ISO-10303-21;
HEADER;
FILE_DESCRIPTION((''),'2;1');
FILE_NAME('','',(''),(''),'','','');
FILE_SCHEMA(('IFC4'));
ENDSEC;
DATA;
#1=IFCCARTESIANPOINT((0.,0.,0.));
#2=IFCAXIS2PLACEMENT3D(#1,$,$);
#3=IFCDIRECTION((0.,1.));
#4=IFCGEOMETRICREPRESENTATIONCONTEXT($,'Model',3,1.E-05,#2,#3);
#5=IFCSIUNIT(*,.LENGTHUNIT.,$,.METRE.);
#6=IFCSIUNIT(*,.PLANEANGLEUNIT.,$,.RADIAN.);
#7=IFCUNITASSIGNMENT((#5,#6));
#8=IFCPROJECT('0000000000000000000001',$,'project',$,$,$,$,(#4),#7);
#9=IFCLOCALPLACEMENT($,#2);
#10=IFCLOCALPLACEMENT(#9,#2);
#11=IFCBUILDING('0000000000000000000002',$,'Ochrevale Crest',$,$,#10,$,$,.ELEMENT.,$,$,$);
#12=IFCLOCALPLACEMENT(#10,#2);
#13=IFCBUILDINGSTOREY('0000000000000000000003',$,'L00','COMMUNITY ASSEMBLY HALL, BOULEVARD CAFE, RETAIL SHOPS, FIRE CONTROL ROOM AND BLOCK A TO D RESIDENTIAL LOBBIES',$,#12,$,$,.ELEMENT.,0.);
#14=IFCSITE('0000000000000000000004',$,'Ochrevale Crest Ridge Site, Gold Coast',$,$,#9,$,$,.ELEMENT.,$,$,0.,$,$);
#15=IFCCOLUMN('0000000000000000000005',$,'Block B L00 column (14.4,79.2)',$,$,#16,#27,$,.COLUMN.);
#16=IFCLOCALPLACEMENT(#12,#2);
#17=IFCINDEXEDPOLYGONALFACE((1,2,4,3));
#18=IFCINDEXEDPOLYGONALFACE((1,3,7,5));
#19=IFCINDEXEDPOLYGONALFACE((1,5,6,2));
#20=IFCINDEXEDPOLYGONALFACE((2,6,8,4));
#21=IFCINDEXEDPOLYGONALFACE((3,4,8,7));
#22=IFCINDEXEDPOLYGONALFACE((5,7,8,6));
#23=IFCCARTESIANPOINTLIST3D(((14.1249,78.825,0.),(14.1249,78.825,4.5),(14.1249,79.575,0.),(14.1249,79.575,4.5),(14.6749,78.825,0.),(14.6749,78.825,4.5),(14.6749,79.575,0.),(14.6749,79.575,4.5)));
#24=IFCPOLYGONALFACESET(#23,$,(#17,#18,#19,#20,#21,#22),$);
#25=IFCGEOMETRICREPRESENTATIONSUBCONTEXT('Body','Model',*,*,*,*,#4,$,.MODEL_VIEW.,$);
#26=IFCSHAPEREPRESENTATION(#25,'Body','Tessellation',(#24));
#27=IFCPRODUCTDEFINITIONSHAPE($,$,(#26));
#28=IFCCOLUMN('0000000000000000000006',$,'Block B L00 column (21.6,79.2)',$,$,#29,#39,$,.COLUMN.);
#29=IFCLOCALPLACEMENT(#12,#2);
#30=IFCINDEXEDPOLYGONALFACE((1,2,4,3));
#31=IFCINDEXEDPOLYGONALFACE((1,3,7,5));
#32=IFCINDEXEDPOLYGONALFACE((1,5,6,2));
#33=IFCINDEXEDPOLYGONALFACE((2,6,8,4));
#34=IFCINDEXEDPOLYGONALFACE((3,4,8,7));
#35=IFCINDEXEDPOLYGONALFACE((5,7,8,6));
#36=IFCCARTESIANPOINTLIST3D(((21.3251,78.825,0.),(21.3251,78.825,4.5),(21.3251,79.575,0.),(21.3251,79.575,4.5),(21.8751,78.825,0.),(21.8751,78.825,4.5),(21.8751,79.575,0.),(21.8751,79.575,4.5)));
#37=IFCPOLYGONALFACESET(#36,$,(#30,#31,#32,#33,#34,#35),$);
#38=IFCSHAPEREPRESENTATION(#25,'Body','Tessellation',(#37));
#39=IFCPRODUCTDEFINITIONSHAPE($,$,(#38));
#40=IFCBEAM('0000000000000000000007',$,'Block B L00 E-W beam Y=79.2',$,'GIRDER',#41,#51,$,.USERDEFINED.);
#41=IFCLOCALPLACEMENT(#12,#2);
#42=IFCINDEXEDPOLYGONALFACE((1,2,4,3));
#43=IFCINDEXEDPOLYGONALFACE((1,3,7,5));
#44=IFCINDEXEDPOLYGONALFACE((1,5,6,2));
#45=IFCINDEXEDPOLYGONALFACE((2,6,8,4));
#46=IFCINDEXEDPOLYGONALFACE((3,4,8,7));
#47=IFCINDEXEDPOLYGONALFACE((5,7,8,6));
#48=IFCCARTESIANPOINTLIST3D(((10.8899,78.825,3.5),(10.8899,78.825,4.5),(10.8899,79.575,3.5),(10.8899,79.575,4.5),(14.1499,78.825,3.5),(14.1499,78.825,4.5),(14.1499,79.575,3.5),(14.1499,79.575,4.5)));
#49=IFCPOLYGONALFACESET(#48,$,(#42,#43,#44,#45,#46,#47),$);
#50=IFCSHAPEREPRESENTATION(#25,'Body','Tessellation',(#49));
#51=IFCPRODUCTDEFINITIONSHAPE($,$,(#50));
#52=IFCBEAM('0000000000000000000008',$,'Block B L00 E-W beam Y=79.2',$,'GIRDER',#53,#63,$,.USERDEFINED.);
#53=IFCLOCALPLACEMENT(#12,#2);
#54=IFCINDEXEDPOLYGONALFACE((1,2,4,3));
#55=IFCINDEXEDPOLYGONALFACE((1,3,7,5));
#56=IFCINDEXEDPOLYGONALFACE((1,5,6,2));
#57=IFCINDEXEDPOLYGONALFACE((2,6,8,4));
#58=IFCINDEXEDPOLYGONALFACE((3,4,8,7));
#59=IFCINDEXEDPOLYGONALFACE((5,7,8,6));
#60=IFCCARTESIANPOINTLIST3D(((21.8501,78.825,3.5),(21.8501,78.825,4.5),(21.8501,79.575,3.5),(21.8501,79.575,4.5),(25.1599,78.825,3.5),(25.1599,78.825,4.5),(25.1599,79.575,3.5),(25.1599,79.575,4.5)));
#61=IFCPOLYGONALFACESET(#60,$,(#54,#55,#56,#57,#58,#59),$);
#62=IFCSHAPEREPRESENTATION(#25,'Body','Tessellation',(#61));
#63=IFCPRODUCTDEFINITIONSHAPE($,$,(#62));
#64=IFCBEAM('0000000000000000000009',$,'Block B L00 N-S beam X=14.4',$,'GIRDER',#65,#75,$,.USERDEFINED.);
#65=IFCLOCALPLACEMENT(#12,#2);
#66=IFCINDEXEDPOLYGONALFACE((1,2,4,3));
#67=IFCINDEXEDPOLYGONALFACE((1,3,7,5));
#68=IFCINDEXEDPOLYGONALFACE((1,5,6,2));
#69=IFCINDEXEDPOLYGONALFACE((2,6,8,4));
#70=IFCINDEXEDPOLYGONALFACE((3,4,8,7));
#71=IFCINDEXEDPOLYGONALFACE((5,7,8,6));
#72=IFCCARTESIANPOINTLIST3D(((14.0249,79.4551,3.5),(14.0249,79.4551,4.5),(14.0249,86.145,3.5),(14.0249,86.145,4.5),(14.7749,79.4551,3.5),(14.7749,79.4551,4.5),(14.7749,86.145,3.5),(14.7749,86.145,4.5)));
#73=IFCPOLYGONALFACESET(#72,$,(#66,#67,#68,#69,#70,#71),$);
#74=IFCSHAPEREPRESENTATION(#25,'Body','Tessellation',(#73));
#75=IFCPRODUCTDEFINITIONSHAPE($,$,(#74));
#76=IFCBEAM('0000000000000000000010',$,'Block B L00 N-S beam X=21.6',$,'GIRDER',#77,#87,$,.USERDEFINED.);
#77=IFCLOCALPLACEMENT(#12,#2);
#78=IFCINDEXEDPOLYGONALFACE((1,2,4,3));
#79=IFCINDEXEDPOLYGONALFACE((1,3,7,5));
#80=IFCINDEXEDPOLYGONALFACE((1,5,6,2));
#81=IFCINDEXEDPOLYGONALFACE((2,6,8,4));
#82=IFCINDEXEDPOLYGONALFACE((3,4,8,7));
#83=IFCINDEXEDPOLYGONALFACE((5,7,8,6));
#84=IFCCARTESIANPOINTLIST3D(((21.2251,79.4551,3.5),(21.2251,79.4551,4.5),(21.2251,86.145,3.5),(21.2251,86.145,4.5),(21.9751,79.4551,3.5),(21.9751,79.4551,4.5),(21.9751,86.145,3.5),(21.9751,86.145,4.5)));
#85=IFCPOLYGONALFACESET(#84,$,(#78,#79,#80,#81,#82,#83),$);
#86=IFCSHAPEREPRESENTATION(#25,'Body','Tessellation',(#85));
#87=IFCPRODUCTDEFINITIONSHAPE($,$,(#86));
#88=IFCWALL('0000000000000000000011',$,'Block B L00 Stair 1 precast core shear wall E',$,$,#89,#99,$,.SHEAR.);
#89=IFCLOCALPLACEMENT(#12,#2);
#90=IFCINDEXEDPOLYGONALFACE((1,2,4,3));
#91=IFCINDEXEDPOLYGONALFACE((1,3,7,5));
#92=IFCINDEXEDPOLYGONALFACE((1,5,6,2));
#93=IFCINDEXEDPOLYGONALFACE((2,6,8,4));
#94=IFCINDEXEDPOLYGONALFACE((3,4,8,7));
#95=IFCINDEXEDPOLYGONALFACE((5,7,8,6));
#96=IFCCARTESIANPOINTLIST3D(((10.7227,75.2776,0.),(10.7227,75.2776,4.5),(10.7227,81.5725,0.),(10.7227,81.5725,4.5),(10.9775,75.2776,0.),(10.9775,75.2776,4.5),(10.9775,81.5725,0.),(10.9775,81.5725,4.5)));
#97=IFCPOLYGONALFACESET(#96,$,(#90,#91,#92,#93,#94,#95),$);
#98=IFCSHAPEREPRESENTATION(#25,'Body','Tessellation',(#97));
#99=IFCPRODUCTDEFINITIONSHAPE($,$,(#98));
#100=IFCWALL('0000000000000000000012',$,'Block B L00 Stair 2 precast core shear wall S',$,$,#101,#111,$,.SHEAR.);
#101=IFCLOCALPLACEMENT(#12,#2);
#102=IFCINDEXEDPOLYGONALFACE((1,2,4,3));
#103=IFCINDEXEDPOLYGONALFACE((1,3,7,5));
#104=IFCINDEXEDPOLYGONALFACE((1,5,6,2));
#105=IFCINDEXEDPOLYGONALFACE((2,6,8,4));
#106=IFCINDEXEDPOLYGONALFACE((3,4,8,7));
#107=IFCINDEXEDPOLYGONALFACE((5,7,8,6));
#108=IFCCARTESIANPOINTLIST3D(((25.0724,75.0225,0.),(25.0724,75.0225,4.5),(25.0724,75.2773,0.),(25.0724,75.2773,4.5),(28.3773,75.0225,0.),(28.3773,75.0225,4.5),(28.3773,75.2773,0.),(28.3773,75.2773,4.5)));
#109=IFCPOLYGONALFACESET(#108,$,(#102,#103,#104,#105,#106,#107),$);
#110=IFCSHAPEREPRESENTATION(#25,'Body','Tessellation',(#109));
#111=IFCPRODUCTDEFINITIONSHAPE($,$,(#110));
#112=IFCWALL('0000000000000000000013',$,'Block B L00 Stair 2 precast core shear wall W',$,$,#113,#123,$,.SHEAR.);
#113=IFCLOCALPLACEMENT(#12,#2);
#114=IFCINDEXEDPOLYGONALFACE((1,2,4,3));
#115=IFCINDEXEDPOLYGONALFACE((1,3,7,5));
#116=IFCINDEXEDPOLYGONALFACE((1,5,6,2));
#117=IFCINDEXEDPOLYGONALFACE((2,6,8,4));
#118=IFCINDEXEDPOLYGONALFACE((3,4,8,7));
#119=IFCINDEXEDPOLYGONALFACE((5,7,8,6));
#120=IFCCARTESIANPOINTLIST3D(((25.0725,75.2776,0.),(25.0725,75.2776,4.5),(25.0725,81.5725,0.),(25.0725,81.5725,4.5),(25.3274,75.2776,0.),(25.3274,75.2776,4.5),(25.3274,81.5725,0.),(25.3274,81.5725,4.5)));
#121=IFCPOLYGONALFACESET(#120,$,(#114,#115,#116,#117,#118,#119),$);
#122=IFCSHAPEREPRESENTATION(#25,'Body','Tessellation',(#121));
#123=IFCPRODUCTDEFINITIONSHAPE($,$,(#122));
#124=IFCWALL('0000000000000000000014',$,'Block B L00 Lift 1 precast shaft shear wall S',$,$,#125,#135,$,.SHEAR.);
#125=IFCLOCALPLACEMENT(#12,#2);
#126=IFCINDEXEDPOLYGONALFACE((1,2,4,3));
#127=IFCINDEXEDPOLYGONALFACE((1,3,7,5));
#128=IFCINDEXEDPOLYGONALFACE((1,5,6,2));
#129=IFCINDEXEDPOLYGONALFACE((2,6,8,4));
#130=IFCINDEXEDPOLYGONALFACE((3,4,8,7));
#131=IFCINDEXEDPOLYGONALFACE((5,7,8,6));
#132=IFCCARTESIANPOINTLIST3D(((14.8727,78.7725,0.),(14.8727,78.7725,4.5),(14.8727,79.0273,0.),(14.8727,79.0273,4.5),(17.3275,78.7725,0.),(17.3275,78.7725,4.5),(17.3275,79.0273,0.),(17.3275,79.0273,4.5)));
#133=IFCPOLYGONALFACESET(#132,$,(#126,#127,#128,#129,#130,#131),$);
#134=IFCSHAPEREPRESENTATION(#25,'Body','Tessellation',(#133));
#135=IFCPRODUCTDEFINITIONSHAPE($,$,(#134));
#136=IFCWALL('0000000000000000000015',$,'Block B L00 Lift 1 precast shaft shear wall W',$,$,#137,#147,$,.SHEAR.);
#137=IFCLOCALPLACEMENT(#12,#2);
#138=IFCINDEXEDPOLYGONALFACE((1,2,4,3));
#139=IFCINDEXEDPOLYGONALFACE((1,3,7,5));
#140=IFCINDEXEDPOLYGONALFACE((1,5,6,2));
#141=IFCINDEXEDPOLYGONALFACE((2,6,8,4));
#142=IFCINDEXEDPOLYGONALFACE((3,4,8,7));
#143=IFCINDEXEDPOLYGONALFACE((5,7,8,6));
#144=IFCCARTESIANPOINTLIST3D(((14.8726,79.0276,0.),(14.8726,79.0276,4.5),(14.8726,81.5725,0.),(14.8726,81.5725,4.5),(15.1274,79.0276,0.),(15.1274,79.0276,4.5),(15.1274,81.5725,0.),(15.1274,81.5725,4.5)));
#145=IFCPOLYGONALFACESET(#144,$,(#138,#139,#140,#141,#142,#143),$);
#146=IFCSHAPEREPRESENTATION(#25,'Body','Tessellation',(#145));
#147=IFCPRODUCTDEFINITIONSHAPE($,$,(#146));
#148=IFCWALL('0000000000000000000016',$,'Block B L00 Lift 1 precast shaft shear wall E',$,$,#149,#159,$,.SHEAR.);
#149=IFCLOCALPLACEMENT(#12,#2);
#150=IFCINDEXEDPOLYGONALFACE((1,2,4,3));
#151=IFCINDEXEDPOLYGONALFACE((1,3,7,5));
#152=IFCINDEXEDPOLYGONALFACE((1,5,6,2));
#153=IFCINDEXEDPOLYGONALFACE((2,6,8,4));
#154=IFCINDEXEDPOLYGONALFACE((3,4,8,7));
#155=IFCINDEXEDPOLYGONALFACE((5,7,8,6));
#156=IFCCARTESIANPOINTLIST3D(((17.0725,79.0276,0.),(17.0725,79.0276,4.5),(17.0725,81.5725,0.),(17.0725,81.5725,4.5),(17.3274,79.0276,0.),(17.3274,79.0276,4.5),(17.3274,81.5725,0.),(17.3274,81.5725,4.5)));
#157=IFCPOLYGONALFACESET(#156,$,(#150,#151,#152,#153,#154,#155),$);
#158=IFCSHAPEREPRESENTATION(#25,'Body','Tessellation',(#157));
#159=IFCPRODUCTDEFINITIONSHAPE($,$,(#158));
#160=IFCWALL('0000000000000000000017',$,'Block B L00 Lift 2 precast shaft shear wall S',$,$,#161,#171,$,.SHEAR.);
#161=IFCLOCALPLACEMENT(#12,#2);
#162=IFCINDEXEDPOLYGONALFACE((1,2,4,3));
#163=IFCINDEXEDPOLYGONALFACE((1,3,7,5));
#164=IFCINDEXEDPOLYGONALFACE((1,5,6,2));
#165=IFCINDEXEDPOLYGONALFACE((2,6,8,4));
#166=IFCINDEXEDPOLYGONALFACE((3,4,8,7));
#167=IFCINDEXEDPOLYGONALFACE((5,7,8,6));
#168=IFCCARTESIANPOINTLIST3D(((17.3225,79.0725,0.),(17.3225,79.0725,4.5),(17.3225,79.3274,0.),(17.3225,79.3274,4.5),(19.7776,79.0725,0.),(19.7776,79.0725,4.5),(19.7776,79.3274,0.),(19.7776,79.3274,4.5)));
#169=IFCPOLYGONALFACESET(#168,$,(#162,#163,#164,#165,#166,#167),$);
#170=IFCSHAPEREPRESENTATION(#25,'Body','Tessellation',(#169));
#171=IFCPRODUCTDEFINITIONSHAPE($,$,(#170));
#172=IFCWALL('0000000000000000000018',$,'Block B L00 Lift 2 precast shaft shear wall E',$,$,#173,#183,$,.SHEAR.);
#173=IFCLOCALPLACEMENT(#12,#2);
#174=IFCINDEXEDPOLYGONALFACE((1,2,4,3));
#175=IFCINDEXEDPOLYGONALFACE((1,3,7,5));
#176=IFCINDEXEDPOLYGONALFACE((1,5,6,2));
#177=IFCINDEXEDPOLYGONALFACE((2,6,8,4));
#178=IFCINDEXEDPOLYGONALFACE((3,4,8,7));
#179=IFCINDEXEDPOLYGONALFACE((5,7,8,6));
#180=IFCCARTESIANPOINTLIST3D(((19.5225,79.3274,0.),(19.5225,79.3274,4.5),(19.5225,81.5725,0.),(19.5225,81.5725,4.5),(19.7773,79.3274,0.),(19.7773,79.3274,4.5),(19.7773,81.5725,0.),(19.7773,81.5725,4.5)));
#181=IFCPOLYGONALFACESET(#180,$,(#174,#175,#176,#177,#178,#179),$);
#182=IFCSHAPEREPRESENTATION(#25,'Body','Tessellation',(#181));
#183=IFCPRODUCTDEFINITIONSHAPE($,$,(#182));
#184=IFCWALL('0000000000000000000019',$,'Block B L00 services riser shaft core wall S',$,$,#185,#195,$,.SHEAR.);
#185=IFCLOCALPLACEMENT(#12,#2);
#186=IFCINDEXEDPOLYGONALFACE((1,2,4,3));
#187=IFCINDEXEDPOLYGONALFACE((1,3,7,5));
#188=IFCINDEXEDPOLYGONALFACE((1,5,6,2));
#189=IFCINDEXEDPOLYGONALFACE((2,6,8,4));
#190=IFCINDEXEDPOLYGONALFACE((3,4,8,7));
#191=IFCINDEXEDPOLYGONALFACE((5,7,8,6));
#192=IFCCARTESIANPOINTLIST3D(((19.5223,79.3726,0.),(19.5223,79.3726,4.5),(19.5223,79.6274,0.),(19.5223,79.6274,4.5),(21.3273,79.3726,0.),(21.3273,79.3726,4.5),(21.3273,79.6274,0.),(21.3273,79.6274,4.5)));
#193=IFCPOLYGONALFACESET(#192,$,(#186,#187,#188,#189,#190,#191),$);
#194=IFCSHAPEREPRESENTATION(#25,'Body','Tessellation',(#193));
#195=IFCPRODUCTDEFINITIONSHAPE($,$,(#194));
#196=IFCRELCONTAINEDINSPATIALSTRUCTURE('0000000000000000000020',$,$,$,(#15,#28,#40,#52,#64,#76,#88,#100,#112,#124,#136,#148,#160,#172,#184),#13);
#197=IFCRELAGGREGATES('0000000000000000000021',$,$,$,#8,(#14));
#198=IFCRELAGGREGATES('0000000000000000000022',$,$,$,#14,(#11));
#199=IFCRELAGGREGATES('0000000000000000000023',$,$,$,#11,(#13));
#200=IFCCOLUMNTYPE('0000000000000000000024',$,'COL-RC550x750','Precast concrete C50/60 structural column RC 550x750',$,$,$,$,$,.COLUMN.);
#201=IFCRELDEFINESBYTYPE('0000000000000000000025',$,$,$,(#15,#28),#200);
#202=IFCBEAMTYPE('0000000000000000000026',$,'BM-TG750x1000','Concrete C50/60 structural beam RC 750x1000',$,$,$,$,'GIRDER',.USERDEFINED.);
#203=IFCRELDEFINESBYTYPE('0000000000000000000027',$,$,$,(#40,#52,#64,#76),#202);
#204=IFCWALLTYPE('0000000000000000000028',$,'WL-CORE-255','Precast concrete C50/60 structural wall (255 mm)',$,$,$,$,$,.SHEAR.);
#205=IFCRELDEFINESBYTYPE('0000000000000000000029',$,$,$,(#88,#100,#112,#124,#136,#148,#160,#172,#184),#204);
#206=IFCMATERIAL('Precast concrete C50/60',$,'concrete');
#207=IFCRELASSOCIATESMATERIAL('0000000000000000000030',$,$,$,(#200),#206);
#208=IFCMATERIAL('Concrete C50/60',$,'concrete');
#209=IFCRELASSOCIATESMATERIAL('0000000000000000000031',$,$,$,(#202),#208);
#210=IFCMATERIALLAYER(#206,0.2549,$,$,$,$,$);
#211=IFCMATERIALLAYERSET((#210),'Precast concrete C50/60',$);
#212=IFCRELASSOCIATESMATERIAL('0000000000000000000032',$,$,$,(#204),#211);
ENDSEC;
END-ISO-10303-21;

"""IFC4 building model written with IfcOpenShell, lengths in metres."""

from ifc_helpers import new_model, si_unit, direction, frame, frame_2d, origin, origin_2d, place, context, subcontext, project, spatial, rectangle, extrude, material, layer, layer_set, material_profile, profile_set, type_object, element, save


model = new_model("IFC4")

# Units and contexts
model_context = context("Model", 3, precision=1e-05, world=origin(), true_north=direction((0.0, 1.0)))
body_context = subcontext(model_context, "Body", "Model", "MODEL_VIEW")
ifc_project = project(units=[si_unit("LENGTHUNIT", "METRE"), si_unit("PLANEANGLEUNIT", "RADIAN")], contexts=[model_context])

# Site, building, storey
site_placement = place(None, origin())
site = spatial("IfcSite", under=ifc_project, at=site_placement, Name="Ochrevale Crest Ridge Site, Gold Coast", CompositionType="ELEMENT", RefElevation=0.0)
building_placement = place(site_placement, origin())
building = spatial("IfcBuilding", under=site, at=building_placement, Name="Ochrevale Crest", CompositionType="ELEMENT")
storey_placement = place(building_placement, origin())
storey = spatial("IfcBuildingStorey", under=building, at=storey_placement, Name="L00", Description="COMMUNITY ASSEMBLY HALL, BOULEVARD CAFE, RETAIL SHOPS, FIRE CONTROL ROOM AND BLOCK A TO D RESIDENTIAL LOBBIES", CompositionType="ELEMENT", Elevation=0.0)

# Columns
ifc_material_1 = material(Name="Precast concrete C50/60", Category="concrete")
ifc_material_profile_1 = material_profile(ifc_material_1, rectangle(XDim=0.55, YDim=0.75, at=origin_2d()), Name="RC 550x750")
ifc_profile_set_1 = profile_set([ifc_material_profile_1], Name="Precast concrete C50/60")
column_type = type_object("IfcColumnType", Name="COL-RC550x750", Description="Precast concrete C50/60 structural column RC 550x750", PredefinedType="COLUMN", material=ifc_profile_set_1)
for number, where, z_axis, x_axis, name in (
    (1, (14.3999, 79.2, 0.0), (0.0, 0.0, 1.0), (1.0, 0.0, 0.0), "Block B L00 column (14.4,79.2)"),
    (2, (21.6001, 79.2, 0.0), (0.0, 0.0, 1.0), (1.0, 0.0, 0.0), "Block B L00 column (21.6,79.2)"),
):
    element("IfcColumn", number, at=place(storey_placement, frame(where, z_axis=z_axis, x_axis=x_axis)), inside=storey, type_object=column_type, Name=name, PredefinedType="COLUMN", context=body_context, shape_type="SweptSolid", body=[
        extrude(rectangle(XDim=0.55, YDim=0.75, at=origin_2d()), origin(), (0.0, 0.0, 1.0), 4.5),
    ])

# Beams
ifc_material_2 = material(Name="Concrete C50/60", Category="concrete")
ifc_material_profile_2 = material_profile(ifc_material_2, rectangle(XDim=0.75, YDim=1.0, at=origin_2d()), Name="RC 750x1000")
ifc_profile_set_2 = profile_set([ifc_material_profile_2], Name="Concrete C50/60")
beam_type = type_object("IfcBeamType", Name="BM-TG750x1000", Description="Concrete C50/60 structural beam RC 750x1000", ElementType="GIRDER", PredefinedType="USERDEFINED", material=ifc_profile_set_2)
beam_1_placement = place(storey_placement, frame((10.8899, 79.2, 4.0), z_axis=(1.0, 0.0, 0.0), x_axis=(0.0, 1.0, 0.0)))
element("IfcBeam", 3, at=beam_1_placement, inside=storey, type_object=beam_type, Name="Block B L00 E-W beam Y=79.2", ObjectType="GIRDER", PredefinedType="USERDEFINED", context=body_context, shape_type="SweptSolid", body=[
    extrude(rectangle(XDim=0.75, YDim=1.0, at=origin_2d()), origin(), (0.0, 0.0, 1.0), 3.26),
])
beam_2_placement = place(storey_placement, frame((21.8501, 79.2, 4.0), z_axis=(1.0, 0.0, 0.0), x_axis=(0.0, 1.0, 0.0)))
element("IfcBeam", 4, at=beam_2_placement, inside=storey, type_object=beam_type, Name="Block B L00 E-W beam Y=79.2", ObjectType="GIRDER", PredefinedType="USERDEFINED", context=body_context, shape_type="SweptSolid", body=[
    extrude(rectangle(XDim=0.75, YDim=1.0, at=origin_2d()), origin(), (0.0, 0.0, 1.0), 3.3098),
])
for number, where, z_axis, x_axis, name in (
    (5, (14.3999, 79.4551, 4.0), (0.0, 1.0, 0.0), (-1.0, 0.0, 0.0), "Block B L00 N-S beam X=14.4"),
    (6, (21.6001, 79.4551, 4.0), (0.0, 1.0, 0.0), (-1.0, 0.0, 0.0), "Block B L00 N-S beam X=21.6"),
):
    element("IfcBeam", number, at=place(storey_placement, frame(where, z_axis=z_axis, x_axis=x_axis)), inside=storey, type_object=beam_type, Name=name, ObjectType="GIRDER", PredefinedType="USERDEFINED", context=body_context, shape_type="SweptSolid", body=[
        extrude(rectangle(XDim=0.75, YDim=1.0, at=origin_2d()), origin(), (0.0, 0.0, 1.0), 6.6899),
    ])

# Walls
ifc_layer = layer(ifc_material_1, 0.2549)
ifc_layer_set = layer_set([ifc_layer], Name="Precast concrete C50/60")
wall_type = type_object("IfcWallType", Name="WL-CORE-255", Description="Precast concrete C50/60 structural wall (255 mm)", PredefinedType="SHEAR", material=ifc_layer_set)
wall_1_placement = place(storey_placement, frame((10.8501, 75.2776, 0.0), z_axis=(0.0, 0.0, 1.0), x_axis=(0.0, 1.0, 0.0)))
element("IfcWall", 7, at=wall_1_placement, inside=storey, type_object=wall_type, Name="Block B L00 Stair 1 precast core shear wall E", PredefinedType="SHEAR", context=body_context, shape_type="SweptSolid", body=[
    extrude(rectangle(XDim=6.2949, YDim=0.2549, at=frame_2d((3.1475, 0.0))), origin(), (0.0, 0.0, 1.0), 4.5),
])
wall_2_placement = place(storey_placement, frame((25.0725, 75.1499, 0.0), z_axis=(0.0, 0.0, 1.0), x_axis=(1.0, 0.0, 0.0)))
element("IfcWall", 8, at=wall_2_placement, inside=storey, type_object=wall_type, Name="Block B L00 Stair 2 precast core shear wall S", PredefinedType="SHEAR", context=body_context, shape_type="SweptSolid", body=[
    extrude(rectangle(XDim=3.3049, YDim=0.2549, at=frame_2d((1.6523, 0.0))), origin(), (0.0, 0.0, 1.0), 4.5),
])

# Walls
wall_3_placement = place(storey_placement, frame((25.2, 75.2776, 0.0), z_axis=(0.0, 0.0, 1.0), x_axis=(0.0, 1.0, 0.0)))
element("IfcWall", 9, at=wall_3_placement, inside=storey, type_object=wall_type, Name="Block B L00 Stair 2 precast core shear wall W", PredefinedType="SHEAR", context=body_context, shape_type="SweptSolid", body=[
    extrude(rectangle(XDim=6.2949, YDim=0.2549, at=frame_2d((3.1475, 0.0))), origin(), (0.0, 0.0, 1.0), 4.5),
])
wall_4_placement = place(storey_placement, frame((14.8726, 78.8999, 0.0), z_axis=(0.0, 0.0, 1.0), x_axis=(1.0, 0.0, 0.0)))
element("IfcWall", 10, at=wall_4_placement, inside=storey, type_object=wall_type, Name="Block B L00 Lift 1 precast shaft shear wall S", PredefinedType="SHEAR", context=body_context, shape_type="SweptSolid", body=[
    extrude(rectangle(XDim=2.4548, YDim=0.2549, at=frame_2d((1.2275, 0.0))), origin(), (0.0, 0.0, 1.0), 4.5),
])

# Walls
for number, where, z_axis, x_axis, name in (
    (11, (15.0, 79.0276, 0.0), (0.0, 0.0, 1.0), (0.0, 1.0, 0.0), "Block B L00 Lift 1 precast shaft shear wall W"),
    (12, (17.2, 79.0276, 0.0), (0.0, 0.0, 1.0), (0.0, 1.0, 0.0), "Block B L00 Lift 1 precast shaft shear wall E"),
):
    element("IfcWall", number, at=place(storey_placement, frame(where, z_axis=z_axis, x_axis=x_axis)), inside=storey, type_object=wall_type, Name=name, PredefinedType="SHEAR", context=body_context, shape_type="SweptSolid", body=[
        extrude(rectangle(XDim=2.5449, YDim=0.2549, at=frame_2d((1.2725, 0.0))), origin(), (0.0, 0.0, 1.0), 4.5),
    ])
wall_5_placement = place(storey_placement, frame((17.3225, 79.2, 0.0), z_axis=(0.0, 0.0, 1.0), x_axis=(1.0, 0.0, 0.0)))
element("IfcWall", 13, at=wall_5_placement, inside=storey, type_object=wall_type, Name="Block B L00 Lift 2 precast shaft shear wall S", PredefinedType="SHEAR", context=body_context, shape_type="SweptSolid", body=[
    extrude(rectangle(XDim=2.4551, YDim=0.2549, at=frame_2d((1.2275, 0.0))), origin(), (0.0, 0.0, 1.0), 4.5),
])

# Walls
wall_6_placement = place(storey_placement, frame((19.6499, 79.3274, 0.0), z_axis=(0.0, 0.0, 1.0), x_axis=(0.0, 1.0, 0.0)))
element("IfcWall", 14, at=wall_6_placement, inside=storey, type_object=wall_type, Name="Block B L00 Lift 2 precast shaft shear wall E", PredefinedType="SHEAR", context=body_context, shape_type="SweptSolid", body=[
    extrude(rectangle(XDim=2.2451, YDim=0.2549, at=frame_2d((1.1226, 0.0))), origin(), (0.0, 0.0, 1.0), 4.5),
])
for number, where, z_axis, x_axis, name in (
    (15, (19.5225, 79.5, 0.0), (0.0, 0.0, 1.0), (1.0, 0.0, 0.0), "Block B L00 services riser shaft core wall S"),
):
    element("IfcWall", number, at=place(storey_placement, frame(where, z_axis=z_axis, x_axis=x_axis)), inside=storey, type_object=wall_type, Name=name, PredefinedType="SHEAR", context=body_context, shape_type="SweptSolid", body=[
        extrude(rectangle(XDim=1.8049, YDim=0.2549, at=frame_2d((0.9023, 0.0))), origin(), (0.0, 0.0, 1.0), 4.5),
    ])

save(model, "model.ifc")
